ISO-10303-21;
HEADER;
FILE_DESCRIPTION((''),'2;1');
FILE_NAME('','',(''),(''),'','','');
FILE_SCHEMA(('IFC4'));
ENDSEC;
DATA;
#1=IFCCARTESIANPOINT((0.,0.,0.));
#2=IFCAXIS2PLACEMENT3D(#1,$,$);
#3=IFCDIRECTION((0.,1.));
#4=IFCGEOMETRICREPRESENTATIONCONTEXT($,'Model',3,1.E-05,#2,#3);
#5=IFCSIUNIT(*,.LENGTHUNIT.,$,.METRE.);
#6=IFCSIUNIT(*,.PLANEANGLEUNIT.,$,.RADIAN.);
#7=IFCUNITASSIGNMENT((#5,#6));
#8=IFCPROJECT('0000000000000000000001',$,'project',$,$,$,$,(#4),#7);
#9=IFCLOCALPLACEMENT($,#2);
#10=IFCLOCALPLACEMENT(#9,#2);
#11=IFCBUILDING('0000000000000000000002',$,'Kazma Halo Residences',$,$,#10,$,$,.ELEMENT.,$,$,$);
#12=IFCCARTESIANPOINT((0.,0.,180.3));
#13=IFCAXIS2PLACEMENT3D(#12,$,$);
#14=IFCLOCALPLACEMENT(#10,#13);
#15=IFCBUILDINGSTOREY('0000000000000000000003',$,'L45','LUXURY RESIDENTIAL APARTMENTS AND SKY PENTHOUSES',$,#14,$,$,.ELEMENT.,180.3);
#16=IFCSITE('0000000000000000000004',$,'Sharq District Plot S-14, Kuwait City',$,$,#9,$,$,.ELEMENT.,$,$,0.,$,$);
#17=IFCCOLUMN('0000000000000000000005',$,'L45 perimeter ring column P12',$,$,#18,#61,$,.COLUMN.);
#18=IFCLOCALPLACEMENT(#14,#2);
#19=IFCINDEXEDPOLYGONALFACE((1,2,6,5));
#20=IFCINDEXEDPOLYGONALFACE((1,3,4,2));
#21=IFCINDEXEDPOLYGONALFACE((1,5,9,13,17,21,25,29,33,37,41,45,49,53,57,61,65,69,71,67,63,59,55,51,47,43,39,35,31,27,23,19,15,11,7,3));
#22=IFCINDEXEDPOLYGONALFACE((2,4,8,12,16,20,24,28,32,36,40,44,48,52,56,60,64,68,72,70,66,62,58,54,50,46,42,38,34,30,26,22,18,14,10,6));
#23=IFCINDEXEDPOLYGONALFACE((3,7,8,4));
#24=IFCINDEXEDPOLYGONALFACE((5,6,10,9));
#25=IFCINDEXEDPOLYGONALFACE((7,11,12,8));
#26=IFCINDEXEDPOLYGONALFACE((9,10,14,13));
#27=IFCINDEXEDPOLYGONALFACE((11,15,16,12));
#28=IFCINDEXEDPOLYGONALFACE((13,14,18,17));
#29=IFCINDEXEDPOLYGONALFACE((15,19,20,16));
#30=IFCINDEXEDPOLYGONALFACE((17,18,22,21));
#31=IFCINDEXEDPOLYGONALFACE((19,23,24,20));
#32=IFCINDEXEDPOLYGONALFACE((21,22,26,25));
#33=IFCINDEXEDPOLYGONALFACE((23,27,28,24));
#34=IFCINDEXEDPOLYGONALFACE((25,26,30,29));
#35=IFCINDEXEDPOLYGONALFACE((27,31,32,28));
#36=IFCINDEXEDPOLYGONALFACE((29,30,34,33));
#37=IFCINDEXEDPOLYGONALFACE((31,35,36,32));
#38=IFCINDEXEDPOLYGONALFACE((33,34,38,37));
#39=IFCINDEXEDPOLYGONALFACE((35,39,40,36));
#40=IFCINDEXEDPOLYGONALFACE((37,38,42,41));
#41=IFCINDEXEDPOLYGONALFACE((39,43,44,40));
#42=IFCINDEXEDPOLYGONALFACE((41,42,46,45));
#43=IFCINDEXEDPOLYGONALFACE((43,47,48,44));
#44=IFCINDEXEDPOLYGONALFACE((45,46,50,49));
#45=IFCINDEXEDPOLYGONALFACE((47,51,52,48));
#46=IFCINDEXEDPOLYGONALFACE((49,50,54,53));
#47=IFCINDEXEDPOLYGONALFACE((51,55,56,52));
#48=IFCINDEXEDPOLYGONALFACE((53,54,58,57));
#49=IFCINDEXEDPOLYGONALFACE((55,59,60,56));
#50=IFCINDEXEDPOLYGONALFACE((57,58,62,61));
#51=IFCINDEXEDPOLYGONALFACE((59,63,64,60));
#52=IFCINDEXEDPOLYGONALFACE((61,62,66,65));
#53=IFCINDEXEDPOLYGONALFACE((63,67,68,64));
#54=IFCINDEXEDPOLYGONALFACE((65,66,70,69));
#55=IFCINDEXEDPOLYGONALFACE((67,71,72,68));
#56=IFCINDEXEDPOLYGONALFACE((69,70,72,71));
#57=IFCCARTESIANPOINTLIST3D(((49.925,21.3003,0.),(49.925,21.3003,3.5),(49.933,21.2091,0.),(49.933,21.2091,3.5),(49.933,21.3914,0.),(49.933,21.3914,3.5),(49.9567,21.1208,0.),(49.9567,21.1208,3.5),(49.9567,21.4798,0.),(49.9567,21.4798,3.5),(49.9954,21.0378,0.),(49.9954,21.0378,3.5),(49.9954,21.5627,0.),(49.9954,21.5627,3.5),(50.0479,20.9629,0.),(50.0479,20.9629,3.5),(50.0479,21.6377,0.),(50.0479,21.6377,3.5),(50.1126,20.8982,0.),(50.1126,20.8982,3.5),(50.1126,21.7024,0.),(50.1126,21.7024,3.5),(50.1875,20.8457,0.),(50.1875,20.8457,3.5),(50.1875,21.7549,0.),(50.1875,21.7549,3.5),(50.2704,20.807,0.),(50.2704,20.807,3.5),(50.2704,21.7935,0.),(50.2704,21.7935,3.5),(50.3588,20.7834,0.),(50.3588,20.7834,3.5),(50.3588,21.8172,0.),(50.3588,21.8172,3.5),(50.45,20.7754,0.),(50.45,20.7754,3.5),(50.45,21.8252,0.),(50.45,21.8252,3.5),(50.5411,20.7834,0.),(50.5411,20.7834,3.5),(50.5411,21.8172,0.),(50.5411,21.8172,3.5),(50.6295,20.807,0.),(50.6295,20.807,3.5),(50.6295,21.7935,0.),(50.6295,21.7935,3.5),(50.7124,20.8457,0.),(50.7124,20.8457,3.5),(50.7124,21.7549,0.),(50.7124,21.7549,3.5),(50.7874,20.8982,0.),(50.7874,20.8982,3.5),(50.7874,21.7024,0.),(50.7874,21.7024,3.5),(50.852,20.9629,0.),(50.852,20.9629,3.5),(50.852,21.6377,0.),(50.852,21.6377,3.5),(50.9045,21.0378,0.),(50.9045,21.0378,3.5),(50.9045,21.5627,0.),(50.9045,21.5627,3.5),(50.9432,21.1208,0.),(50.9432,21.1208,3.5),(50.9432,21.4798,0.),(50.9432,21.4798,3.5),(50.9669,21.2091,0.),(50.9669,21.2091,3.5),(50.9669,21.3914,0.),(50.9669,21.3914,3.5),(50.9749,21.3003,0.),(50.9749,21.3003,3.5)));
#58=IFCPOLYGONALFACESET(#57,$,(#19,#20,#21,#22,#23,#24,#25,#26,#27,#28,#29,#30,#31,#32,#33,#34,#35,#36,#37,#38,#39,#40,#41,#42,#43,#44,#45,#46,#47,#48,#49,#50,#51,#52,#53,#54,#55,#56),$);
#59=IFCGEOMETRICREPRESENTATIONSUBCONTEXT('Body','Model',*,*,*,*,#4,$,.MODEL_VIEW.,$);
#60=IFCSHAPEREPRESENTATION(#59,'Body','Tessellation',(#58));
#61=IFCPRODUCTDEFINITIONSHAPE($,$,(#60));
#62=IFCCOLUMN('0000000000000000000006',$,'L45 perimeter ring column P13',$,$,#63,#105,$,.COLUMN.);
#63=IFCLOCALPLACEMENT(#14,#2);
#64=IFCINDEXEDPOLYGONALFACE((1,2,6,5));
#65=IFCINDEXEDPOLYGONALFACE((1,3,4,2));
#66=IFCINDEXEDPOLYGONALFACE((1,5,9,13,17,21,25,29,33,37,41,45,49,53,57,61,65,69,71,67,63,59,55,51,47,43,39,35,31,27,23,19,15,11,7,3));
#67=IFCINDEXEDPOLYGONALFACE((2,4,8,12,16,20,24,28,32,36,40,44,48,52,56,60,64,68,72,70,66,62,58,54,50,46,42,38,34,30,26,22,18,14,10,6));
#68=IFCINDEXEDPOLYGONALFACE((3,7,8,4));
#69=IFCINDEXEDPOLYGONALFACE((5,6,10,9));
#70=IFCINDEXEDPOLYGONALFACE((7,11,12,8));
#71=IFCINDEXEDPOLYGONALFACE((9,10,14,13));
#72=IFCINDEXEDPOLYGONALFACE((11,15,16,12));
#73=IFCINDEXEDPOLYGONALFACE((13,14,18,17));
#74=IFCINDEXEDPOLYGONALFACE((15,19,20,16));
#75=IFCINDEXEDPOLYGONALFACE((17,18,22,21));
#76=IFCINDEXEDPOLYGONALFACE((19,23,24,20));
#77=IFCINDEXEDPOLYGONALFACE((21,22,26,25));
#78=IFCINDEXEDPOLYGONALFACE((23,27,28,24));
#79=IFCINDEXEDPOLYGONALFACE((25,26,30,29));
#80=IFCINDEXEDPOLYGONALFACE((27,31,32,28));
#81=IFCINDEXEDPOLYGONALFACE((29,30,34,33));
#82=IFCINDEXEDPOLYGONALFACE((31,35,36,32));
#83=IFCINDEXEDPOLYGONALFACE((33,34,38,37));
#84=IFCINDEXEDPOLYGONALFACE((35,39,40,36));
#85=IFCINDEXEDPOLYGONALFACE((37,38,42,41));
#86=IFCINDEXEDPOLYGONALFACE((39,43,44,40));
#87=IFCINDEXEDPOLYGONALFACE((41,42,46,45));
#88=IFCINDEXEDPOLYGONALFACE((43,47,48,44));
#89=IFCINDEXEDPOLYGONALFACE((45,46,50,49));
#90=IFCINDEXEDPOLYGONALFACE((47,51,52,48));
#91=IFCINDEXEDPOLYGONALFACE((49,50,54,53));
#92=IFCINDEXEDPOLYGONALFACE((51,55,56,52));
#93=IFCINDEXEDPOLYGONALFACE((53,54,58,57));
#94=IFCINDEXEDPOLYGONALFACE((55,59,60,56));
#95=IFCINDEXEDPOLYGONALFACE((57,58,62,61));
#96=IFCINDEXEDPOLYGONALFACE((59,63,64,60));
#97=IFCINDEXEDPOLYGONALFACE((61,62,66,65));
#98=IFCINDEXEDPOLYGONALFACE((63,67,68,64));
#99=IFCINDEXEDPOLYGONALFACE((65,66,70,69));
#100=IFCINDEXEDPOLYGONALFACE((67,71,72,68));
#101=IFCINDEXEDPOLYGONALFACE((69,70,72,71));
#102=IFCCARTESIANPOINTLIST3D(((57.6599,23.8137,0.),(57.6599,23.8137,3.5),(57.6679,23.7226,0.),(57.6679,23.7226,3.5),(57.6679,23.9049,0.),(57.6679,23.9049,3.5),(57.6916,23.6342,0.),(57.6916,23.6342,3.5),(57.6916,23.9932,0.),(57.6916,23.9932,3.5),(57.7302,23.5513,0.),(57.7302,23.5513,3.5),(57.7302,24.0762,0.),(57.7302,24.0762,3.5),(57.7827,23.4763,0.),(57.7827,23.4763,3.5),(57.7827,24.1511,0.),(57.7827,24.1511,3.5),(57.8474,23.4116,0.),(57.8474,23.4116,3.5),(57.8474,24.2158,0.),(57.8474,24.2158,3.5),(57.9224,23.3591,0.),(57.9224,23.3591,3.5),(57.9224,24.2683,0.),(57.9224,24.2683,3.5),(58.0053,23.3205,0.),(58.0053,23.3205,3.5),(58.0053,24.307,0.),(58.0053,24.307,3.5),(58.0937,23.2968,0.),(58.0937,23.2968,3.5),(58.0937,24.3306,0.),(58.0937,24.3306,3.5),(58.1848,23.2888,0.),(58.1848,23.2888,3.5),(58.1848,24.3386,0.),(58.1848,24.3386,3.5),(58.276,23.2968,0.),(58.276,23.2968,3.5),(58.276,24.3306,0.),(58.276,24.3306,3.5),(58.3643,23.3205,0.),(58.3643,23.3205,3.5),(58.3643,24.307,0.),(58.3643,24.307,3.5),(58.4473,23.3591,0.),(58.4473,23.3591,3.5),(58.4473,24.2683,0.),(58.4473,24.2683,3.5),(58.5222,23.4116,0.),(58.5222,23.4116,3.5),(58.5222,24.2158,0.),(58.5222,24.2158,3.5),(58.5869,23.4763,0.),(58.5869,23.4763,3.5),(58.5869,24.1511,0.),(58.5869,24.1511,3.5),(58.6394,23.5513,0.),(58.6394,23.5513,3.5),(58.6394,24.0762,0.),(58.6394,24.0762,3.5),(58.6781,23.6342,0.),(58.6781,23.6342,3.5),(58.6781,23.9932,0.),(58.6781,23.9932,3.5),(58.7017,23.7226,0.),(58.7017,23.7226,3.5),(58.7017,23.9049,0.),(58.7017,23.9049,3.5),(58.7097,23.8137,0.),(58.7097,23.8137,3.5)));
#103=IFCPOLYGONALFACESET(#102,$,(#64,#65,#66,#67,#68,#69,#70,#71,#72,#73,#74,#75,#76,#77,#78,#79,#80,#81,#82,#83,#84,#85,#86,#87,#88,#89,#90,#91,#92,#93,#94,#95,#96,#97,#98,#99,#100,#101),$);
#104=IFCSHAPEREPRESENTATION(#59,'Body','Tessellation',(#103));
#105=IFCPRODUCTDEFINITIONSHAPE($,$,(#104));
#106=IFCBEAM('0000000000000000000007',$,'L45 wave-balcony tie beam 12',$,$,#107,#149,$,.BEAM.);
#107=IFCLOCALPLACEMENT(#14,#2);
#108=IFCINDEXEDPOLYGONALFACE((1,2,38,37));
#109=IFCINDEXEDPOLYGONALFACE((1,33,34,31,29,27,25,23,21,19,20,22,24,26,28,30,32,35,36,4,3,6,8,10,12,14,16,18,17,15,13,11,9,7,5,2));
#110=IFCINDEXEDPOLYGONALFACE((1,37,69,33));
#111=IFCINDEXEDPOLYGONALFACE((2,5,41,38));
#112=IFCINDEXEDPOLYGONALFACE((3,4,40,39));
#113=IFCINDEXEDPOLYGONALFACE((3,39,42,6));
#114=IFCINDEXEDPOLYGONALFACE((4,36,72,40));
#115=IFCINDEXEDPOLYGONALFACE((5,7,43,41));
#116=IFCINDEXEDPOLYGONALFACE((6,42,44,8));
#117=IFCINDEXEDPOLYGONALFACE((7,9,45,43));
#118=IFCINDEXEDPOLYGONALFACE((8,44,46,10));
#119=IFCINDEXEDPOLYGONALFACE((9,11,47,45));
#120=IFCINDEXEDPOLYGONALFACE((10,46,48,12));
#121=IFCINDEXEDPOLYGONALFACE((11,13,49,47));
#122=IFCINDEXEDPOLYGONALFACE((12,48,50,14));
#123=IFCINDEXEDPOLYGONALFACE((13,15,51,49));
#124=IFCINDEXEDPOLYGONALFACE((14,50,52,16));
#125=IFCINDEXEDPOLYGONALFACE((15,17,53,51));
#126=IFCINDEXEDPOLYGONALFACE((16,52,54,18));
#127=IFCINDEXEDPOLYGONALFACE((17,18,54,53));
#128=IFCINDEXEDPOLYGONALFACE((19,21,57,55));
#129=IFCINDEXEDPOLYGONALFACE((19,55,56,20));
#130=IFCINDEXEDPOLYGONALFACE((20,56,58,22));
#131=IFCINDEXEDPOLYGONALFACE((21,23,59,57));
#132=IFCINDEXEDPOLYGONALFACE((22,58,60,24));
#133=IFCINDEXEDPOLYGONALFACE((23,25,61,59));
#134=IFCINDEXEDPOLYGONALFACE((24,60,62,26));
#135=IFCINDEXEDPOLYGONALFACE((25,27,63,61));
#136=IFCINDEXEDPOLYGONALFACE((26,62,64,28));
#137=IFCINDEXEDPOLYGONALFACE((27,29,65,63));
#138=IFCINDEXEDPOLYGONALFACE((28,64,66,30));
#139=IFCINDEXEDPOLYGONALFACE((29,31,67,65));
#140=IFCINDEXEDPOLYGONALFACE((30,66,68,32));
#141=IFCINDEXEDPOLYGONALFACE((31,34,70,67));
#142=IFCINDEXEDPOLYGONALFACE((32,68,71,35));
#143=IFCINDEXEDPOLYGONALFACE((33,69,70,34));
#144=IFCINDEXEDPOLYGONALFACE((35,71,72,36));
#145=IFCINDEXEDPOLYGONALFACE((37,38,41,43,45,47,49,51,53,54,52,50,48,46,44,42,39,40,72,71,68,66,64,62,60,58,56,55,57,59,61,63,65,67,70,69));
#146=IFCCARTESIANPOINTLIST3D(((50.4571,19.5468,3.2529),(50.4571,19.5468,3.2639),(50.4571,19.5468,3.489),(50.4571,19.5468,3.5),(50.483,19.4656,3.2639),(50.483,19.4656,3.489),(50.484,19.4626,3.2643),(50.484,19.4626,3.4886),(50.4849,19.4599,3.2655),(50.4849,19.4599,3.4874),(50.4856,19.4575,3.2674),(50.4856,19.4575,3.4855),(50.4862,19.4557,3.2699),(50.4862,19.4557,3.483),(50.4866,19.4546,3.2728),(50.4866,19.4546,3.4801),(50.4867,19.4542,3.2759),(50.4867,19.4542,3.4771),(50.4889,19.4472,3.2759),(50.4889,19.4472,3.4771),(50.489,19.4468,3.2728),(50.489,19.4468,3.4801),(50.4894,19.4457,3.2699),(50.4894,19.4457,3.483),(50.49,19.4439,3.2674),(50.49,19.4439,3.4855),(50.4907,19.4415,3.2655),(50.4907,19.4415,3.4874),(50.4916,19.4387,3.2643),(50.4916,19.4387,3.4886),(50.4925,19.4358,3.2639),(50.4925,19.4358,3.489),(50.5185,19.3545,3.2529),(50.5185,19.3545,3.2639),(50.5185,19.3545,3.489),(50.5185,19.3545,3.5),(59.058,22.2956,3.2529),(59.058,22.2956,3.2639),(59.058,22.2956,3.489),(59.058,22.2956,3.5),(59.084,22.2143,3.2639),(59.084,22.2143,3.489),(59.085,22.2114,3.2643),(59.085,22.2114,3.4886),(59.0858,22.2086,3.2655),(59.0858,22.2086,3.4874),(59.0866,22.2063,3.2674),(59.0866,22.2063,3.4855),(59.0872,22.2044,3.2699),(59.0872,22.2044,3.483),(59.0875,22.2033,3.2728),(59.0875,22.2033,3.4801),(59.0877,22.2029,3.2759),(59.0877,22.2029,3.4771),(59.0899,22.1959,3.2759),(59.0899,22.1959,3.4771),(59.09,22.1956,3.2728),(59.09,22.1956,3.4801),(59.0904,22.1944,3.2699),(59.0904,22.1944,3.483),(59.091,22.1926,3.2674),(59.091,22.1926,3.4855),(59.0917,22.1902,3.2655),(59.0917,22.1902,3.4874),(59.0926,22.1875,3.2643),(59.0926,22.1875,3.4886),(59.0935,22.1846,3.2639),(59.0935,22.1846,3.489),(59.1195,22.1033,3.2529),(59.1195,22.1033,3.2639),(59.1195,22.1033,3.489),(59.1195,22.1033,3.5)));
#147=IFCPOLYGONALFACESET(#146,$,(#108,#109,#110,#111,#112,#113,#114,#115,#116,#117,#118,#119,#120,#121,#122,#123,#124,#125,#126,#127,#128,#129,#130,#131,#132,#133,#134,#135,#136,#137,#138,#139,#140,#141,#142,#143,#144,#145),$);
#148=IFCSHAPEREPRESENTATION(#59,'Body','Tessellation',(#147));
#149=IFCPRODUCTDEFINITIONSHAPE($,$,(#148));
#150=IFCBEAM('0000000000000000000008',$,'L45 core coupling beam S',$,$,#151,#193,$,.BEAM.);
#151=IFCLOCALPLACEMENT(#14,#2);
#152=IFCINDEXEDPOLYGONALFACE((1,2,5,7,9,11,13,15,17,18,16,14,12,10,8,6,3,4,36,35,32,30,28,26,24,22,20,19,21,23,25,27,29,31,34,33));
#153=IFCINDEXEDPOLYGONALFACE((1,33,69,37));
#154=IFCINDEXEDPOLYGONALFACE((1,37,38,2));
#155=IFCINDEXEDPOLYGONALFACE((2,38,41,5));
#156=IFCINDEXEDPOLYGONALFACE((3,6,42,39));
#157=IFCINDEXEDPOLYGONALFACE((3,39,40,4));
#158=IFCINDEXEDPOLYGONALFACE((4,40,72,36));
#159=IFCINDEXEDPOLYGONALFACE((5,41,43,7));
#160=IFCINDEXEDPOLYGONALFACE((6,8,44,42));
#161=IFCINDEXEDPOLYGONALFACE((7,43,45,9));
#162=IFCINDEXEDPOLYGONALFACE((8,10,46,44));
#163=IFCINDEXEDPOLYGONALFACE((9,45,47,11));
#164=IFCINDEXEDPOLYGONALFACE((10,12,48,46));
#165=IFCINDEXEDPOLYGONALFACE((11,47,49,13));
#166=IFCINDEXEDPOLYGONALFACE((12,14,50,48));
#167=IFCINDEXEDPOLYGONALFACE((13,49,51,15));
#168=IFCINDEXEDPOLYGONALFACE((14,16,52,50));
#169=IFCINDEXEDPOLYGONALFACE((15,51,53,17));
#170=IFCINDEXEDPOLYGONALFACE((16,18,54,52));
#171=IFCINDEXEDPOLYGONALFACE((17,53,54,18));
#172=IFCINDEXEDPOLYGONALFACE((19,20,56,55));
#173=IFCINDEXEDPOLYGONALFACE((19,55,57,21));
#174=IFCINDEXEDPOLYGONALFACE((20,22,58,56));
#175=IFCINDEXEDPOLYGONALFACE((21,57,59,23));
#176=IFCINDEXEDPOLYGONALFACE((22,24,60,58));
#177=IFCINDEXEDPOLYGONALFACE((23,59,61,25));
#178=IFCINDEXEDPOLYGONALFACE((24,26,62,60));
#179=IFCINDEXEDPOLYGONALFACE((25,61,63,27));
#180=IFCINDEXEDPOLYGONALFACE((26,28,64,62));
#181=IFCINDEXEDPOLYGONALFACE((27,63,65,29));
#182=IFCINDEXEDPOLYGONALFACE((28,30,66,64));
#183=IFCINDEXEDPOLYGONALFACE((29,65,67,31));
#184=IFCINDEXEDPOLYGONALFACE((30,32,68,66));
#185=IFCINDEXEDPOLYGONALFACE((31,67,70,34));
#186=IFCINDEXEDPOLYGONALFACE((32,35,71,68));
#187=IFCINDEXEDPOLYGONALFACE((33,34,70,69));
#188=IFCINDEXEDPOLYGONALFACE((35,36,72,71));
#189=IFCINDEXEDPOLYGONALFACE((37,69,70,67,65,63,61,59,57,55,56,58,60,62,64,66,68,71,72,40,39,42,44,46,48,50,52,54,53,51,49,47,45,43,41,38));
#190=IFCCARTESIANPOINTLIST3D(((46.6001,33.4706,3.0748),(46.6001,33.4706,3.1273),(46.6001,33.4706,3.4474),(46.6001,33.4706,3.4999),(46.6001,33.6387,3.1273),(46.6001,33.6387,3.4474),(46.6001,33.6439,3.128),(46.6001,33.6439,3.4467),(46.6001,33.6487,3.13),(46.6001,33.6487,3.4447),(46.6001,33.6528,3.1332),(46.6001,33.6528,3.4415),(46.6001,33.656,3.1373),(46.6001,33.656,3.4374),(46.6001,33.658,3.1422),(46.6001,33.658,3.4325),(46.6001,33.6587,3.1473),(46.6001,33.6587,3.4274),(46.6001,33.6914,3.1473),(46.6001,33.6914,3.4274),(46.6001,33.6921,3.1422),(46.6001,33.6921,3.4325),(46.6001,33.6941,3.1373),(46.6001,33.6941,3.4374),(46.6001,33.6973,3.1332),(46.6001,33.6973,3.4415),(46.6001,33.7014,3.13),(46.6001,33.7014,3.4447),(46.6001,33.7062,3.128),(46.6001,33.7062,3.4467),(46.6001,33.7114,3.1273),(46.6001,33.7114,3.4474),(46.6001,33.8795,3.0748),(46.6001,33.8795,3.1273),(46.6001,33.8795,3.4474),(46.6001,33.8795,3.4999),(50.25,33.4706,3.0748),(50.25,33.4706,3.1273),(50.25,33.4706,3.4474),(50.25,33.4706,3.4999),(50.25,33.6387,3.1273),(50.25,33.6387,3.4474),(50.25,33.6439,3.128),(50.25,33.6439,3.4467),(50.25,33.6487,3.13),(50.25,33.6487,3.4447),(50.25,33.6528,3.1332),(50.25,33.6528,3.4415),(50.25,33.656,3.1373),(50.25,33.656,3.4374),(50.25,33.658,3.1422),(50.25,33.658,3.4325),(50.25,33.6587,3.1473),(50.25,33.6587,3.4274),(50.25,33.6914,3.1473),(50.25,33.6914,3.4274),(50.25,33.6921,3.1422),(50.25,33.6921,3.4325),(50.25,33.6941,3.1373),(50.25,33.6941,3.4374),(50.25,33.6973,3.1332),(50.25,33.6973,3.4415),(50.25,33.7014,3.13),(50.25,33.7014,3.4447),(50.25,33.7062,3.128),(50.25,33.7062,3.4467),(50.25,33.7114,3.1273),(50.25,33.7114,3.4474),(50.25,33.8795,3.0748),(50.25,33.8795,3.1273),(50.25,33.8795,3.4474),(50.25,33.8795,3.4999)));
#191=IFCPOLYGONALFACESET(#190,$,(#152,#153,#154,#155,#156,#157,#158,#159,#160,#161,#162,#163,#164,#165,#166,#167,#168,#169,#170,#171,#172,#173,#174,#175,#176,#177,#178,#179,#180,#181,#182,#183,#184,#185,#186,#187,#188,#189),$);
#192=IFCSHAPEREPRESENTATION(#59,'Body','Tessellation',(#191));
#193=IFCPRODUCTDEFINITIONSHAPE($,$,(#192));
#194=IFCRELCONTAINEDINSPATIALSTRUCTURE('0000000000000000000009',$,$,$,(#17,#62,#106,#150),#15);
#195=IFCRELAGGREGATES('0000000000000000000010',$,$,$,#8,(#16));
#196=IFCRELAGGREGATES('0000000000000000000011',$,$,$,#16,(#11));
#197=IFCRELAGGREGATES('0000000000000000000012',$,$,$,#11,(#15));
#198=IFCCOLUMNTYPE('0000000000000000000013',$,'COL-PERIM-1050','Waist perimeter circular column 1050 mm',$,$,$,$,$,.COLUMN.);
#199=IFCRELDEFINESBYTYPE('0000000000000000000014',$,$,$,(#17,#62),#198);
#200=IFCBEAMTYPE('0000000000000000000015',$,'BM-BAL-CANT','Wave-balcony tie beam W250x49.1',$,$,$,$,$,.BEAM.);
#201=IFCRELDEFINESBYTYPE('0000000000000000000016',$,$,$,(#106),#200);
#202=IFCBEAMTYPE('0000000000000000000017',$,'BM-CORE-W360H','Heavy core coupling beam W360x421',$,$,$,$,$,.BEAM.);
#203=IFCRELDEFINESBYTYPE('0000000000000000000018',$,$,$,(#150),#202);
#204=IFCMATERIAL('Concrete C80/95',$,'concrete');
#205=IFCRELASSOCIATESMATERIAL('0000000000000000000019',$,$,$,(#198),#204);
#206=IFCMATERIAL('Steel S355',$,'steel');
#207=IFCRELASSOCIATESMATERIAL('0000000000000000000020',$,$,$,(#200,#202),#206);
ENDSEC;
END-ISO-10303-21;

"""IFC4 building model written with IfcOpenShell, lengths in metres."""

from ifc_helpers import new_model, si_unit, direction, frame, origin, origin_2d, place, context, subcontext, project, spatial, circle, i_section, extrude, material, material_profile, profile_set, type_object, element, save


model = new_model("IFC4")

# Units and contexts
model_context = context("Model", 3, precision=1e-05, world=origin(), true_north=direction((0.0, 1.0)))
body_context = subcontext(model_context, "Body", "Model", "MODEL_VIEW")
ifc_project = project(units=[si_unit("LENGTHUNIT", "METRE"), si_unit("PLANEANGLEUNIT", "RADIAN")], contexts=[model_context])

# Site, building, storey
site_placement = place(None, origin())
site = spatial("IfcSite", under=ifc_project, at=site_placement, Name="Sharq District Plot S-14, Kuwait City", CompositionType="ELEMENT", RefElevation=0.0)
building_placement = place(site_placement, origin())
building = spatial("IfcBuilding", under=site, at=building_placement, Name="Kazma Halo Residences", CompositionType="ELEMENT")
storey_placement = place(building_placement, frame((0.0, 0.0, 180.3)))
storey = spatial("IfcBuildingStorey", under=building, at=storey_placement, Name="L45", Description="LUXURY RESIDENTIAL APARTMENTS AND SKY PENTHOUSES", CompositionType="ELEMENT", Elevation=180.3)

# Columns
ifc_material_1 = material(Name="Concrete C80/95", Category="concrete")
ifc_material_profile_1 = material_profile(ifc_material_1, circle(Radius=0.5249, at=origin_2d()), Name="CIRC1050")
ifc_profile_set_1 = profile_set([ifc_material_profile_1], Name="Concrete C80/95")
column_type = type_object("IfcColumnType", Name="COL-PERIM-1050", Description="Waist perimeter circular column 1050 mm", PredefinedType="COLUMN", material=ifc_profile_set_1)
for number, where, z_axis, x_axis, name in (
    (1, (50.45, 21.3003, 0.0), (0.0, 0.0, 1.0), (1.0, 0.0, 0.0), "L45 perimeter ring column P12"),
    (2, (58.1848, 23.8137, 0.0), (0.0, 0.0, 1.0), (1.0, 0.0, 0.0), "L45 perimeter ring column P13"),
):
    element("IfcColumn", number, at=place(storey_placement, frame(where, z_axis=z_axis, x_axis=x_axis)), inside=storey, type_object=column_type, Name=name, PredefinedType="COLUMN", context=body_context, shape_type="SweptSolid", body=[
        extrude(circle(Radius=0.5249, at=origin_2d()), origin(), (0.0, 0.0, 1.0), 3.5),
    ])

# Beams
ifc_material_2 = material(Name="Steel S355", Category="steel")
ifc_material_profile_2 = material_profile(ifc_material_2, i_section(OverallWidth=0.2019, OverallDepth=0.2471, WebThickness=0.0073, FlangeThickness=0.011, FilletRadius=0.012, at=origin_2d()), Name="W250x49.1")
ifc_profile_set_2 = profile_set([ifc_material_profile_2], Name="Steel S355")
beam_type_1 = type_object("IfcBeamType", Name="BM-BAL-CANT", Description="Wave-balcony tie beam W250x49.1", PredefinedType="BEAM", material=ifc_profile_set_2)
beam_1_placement = place(storey_placement, frame((50.4878, 19.4507, 3.3765), z_axis=(0.952539, 0.304418, 0.0), x_axis=(-0.304418, 0.952539, 0.0)))
element("IfcBeam", 3, at=beam_1_placement, inside=storey, type_object=beam_type_1, Name="L45 wave-balcony tie beam 12", PredefinedType="BEAM", context=body_context, shape_type="SweptSolid", body=[
    extrude(i_section(OverallWidth=0.2019, OverallDepth=0.2471, WebThickness=0.0073, FlangeThickness=0.011, FilletRadius=0.012, at=origin_2d()), origin(), (0.0, 0.0, 1.0), 9.0295),
])
ifc_material_profile_3 = material_profile(ifc_material_2, i_section(OverallWidth=0.4089, OverallDepth=0.425, WebThickness=0.0327, FlangeThickness=0.0525, FilletRadius=0.02, at=origin_2d()), Name="W360x421")
ifc_profile_set_3 = profile_set([ifc_material_profile_3], Name="Steel S355")
beam_type_2 = type_object("IfcBeamType", Name="BM-CORE-W360H", Description="Heavy core coupling beam W360x421", PredefinedType="BEAM", material=ifc_profile_set_3)
beam_2_placement = place(storey_placement, frame((46.6001, 33.675, 3.2874), z_axis=(1.0, 0.0, 0.0), x_axis=(0.0, 1.0, 0.0)))
element("IfcBeam", 4, at=beam_2_placement, inside=storey, type_object=beam_type_2, Name="L45 core coupling beam S", PredefinedType="BEAM", context=body_context, shape_type="SweptSolid", body=[
    extrude(i_section(OverallWidth=0.4089, OverallDepth=0.425, WebThickness=0.0327, FlangeThickness=0.0525, FilletRadius=0.02, at=origin_2d()), origin(), (0.0, 0.0, 1.0), 3.6499),
])

save(model, "model.ifc")
